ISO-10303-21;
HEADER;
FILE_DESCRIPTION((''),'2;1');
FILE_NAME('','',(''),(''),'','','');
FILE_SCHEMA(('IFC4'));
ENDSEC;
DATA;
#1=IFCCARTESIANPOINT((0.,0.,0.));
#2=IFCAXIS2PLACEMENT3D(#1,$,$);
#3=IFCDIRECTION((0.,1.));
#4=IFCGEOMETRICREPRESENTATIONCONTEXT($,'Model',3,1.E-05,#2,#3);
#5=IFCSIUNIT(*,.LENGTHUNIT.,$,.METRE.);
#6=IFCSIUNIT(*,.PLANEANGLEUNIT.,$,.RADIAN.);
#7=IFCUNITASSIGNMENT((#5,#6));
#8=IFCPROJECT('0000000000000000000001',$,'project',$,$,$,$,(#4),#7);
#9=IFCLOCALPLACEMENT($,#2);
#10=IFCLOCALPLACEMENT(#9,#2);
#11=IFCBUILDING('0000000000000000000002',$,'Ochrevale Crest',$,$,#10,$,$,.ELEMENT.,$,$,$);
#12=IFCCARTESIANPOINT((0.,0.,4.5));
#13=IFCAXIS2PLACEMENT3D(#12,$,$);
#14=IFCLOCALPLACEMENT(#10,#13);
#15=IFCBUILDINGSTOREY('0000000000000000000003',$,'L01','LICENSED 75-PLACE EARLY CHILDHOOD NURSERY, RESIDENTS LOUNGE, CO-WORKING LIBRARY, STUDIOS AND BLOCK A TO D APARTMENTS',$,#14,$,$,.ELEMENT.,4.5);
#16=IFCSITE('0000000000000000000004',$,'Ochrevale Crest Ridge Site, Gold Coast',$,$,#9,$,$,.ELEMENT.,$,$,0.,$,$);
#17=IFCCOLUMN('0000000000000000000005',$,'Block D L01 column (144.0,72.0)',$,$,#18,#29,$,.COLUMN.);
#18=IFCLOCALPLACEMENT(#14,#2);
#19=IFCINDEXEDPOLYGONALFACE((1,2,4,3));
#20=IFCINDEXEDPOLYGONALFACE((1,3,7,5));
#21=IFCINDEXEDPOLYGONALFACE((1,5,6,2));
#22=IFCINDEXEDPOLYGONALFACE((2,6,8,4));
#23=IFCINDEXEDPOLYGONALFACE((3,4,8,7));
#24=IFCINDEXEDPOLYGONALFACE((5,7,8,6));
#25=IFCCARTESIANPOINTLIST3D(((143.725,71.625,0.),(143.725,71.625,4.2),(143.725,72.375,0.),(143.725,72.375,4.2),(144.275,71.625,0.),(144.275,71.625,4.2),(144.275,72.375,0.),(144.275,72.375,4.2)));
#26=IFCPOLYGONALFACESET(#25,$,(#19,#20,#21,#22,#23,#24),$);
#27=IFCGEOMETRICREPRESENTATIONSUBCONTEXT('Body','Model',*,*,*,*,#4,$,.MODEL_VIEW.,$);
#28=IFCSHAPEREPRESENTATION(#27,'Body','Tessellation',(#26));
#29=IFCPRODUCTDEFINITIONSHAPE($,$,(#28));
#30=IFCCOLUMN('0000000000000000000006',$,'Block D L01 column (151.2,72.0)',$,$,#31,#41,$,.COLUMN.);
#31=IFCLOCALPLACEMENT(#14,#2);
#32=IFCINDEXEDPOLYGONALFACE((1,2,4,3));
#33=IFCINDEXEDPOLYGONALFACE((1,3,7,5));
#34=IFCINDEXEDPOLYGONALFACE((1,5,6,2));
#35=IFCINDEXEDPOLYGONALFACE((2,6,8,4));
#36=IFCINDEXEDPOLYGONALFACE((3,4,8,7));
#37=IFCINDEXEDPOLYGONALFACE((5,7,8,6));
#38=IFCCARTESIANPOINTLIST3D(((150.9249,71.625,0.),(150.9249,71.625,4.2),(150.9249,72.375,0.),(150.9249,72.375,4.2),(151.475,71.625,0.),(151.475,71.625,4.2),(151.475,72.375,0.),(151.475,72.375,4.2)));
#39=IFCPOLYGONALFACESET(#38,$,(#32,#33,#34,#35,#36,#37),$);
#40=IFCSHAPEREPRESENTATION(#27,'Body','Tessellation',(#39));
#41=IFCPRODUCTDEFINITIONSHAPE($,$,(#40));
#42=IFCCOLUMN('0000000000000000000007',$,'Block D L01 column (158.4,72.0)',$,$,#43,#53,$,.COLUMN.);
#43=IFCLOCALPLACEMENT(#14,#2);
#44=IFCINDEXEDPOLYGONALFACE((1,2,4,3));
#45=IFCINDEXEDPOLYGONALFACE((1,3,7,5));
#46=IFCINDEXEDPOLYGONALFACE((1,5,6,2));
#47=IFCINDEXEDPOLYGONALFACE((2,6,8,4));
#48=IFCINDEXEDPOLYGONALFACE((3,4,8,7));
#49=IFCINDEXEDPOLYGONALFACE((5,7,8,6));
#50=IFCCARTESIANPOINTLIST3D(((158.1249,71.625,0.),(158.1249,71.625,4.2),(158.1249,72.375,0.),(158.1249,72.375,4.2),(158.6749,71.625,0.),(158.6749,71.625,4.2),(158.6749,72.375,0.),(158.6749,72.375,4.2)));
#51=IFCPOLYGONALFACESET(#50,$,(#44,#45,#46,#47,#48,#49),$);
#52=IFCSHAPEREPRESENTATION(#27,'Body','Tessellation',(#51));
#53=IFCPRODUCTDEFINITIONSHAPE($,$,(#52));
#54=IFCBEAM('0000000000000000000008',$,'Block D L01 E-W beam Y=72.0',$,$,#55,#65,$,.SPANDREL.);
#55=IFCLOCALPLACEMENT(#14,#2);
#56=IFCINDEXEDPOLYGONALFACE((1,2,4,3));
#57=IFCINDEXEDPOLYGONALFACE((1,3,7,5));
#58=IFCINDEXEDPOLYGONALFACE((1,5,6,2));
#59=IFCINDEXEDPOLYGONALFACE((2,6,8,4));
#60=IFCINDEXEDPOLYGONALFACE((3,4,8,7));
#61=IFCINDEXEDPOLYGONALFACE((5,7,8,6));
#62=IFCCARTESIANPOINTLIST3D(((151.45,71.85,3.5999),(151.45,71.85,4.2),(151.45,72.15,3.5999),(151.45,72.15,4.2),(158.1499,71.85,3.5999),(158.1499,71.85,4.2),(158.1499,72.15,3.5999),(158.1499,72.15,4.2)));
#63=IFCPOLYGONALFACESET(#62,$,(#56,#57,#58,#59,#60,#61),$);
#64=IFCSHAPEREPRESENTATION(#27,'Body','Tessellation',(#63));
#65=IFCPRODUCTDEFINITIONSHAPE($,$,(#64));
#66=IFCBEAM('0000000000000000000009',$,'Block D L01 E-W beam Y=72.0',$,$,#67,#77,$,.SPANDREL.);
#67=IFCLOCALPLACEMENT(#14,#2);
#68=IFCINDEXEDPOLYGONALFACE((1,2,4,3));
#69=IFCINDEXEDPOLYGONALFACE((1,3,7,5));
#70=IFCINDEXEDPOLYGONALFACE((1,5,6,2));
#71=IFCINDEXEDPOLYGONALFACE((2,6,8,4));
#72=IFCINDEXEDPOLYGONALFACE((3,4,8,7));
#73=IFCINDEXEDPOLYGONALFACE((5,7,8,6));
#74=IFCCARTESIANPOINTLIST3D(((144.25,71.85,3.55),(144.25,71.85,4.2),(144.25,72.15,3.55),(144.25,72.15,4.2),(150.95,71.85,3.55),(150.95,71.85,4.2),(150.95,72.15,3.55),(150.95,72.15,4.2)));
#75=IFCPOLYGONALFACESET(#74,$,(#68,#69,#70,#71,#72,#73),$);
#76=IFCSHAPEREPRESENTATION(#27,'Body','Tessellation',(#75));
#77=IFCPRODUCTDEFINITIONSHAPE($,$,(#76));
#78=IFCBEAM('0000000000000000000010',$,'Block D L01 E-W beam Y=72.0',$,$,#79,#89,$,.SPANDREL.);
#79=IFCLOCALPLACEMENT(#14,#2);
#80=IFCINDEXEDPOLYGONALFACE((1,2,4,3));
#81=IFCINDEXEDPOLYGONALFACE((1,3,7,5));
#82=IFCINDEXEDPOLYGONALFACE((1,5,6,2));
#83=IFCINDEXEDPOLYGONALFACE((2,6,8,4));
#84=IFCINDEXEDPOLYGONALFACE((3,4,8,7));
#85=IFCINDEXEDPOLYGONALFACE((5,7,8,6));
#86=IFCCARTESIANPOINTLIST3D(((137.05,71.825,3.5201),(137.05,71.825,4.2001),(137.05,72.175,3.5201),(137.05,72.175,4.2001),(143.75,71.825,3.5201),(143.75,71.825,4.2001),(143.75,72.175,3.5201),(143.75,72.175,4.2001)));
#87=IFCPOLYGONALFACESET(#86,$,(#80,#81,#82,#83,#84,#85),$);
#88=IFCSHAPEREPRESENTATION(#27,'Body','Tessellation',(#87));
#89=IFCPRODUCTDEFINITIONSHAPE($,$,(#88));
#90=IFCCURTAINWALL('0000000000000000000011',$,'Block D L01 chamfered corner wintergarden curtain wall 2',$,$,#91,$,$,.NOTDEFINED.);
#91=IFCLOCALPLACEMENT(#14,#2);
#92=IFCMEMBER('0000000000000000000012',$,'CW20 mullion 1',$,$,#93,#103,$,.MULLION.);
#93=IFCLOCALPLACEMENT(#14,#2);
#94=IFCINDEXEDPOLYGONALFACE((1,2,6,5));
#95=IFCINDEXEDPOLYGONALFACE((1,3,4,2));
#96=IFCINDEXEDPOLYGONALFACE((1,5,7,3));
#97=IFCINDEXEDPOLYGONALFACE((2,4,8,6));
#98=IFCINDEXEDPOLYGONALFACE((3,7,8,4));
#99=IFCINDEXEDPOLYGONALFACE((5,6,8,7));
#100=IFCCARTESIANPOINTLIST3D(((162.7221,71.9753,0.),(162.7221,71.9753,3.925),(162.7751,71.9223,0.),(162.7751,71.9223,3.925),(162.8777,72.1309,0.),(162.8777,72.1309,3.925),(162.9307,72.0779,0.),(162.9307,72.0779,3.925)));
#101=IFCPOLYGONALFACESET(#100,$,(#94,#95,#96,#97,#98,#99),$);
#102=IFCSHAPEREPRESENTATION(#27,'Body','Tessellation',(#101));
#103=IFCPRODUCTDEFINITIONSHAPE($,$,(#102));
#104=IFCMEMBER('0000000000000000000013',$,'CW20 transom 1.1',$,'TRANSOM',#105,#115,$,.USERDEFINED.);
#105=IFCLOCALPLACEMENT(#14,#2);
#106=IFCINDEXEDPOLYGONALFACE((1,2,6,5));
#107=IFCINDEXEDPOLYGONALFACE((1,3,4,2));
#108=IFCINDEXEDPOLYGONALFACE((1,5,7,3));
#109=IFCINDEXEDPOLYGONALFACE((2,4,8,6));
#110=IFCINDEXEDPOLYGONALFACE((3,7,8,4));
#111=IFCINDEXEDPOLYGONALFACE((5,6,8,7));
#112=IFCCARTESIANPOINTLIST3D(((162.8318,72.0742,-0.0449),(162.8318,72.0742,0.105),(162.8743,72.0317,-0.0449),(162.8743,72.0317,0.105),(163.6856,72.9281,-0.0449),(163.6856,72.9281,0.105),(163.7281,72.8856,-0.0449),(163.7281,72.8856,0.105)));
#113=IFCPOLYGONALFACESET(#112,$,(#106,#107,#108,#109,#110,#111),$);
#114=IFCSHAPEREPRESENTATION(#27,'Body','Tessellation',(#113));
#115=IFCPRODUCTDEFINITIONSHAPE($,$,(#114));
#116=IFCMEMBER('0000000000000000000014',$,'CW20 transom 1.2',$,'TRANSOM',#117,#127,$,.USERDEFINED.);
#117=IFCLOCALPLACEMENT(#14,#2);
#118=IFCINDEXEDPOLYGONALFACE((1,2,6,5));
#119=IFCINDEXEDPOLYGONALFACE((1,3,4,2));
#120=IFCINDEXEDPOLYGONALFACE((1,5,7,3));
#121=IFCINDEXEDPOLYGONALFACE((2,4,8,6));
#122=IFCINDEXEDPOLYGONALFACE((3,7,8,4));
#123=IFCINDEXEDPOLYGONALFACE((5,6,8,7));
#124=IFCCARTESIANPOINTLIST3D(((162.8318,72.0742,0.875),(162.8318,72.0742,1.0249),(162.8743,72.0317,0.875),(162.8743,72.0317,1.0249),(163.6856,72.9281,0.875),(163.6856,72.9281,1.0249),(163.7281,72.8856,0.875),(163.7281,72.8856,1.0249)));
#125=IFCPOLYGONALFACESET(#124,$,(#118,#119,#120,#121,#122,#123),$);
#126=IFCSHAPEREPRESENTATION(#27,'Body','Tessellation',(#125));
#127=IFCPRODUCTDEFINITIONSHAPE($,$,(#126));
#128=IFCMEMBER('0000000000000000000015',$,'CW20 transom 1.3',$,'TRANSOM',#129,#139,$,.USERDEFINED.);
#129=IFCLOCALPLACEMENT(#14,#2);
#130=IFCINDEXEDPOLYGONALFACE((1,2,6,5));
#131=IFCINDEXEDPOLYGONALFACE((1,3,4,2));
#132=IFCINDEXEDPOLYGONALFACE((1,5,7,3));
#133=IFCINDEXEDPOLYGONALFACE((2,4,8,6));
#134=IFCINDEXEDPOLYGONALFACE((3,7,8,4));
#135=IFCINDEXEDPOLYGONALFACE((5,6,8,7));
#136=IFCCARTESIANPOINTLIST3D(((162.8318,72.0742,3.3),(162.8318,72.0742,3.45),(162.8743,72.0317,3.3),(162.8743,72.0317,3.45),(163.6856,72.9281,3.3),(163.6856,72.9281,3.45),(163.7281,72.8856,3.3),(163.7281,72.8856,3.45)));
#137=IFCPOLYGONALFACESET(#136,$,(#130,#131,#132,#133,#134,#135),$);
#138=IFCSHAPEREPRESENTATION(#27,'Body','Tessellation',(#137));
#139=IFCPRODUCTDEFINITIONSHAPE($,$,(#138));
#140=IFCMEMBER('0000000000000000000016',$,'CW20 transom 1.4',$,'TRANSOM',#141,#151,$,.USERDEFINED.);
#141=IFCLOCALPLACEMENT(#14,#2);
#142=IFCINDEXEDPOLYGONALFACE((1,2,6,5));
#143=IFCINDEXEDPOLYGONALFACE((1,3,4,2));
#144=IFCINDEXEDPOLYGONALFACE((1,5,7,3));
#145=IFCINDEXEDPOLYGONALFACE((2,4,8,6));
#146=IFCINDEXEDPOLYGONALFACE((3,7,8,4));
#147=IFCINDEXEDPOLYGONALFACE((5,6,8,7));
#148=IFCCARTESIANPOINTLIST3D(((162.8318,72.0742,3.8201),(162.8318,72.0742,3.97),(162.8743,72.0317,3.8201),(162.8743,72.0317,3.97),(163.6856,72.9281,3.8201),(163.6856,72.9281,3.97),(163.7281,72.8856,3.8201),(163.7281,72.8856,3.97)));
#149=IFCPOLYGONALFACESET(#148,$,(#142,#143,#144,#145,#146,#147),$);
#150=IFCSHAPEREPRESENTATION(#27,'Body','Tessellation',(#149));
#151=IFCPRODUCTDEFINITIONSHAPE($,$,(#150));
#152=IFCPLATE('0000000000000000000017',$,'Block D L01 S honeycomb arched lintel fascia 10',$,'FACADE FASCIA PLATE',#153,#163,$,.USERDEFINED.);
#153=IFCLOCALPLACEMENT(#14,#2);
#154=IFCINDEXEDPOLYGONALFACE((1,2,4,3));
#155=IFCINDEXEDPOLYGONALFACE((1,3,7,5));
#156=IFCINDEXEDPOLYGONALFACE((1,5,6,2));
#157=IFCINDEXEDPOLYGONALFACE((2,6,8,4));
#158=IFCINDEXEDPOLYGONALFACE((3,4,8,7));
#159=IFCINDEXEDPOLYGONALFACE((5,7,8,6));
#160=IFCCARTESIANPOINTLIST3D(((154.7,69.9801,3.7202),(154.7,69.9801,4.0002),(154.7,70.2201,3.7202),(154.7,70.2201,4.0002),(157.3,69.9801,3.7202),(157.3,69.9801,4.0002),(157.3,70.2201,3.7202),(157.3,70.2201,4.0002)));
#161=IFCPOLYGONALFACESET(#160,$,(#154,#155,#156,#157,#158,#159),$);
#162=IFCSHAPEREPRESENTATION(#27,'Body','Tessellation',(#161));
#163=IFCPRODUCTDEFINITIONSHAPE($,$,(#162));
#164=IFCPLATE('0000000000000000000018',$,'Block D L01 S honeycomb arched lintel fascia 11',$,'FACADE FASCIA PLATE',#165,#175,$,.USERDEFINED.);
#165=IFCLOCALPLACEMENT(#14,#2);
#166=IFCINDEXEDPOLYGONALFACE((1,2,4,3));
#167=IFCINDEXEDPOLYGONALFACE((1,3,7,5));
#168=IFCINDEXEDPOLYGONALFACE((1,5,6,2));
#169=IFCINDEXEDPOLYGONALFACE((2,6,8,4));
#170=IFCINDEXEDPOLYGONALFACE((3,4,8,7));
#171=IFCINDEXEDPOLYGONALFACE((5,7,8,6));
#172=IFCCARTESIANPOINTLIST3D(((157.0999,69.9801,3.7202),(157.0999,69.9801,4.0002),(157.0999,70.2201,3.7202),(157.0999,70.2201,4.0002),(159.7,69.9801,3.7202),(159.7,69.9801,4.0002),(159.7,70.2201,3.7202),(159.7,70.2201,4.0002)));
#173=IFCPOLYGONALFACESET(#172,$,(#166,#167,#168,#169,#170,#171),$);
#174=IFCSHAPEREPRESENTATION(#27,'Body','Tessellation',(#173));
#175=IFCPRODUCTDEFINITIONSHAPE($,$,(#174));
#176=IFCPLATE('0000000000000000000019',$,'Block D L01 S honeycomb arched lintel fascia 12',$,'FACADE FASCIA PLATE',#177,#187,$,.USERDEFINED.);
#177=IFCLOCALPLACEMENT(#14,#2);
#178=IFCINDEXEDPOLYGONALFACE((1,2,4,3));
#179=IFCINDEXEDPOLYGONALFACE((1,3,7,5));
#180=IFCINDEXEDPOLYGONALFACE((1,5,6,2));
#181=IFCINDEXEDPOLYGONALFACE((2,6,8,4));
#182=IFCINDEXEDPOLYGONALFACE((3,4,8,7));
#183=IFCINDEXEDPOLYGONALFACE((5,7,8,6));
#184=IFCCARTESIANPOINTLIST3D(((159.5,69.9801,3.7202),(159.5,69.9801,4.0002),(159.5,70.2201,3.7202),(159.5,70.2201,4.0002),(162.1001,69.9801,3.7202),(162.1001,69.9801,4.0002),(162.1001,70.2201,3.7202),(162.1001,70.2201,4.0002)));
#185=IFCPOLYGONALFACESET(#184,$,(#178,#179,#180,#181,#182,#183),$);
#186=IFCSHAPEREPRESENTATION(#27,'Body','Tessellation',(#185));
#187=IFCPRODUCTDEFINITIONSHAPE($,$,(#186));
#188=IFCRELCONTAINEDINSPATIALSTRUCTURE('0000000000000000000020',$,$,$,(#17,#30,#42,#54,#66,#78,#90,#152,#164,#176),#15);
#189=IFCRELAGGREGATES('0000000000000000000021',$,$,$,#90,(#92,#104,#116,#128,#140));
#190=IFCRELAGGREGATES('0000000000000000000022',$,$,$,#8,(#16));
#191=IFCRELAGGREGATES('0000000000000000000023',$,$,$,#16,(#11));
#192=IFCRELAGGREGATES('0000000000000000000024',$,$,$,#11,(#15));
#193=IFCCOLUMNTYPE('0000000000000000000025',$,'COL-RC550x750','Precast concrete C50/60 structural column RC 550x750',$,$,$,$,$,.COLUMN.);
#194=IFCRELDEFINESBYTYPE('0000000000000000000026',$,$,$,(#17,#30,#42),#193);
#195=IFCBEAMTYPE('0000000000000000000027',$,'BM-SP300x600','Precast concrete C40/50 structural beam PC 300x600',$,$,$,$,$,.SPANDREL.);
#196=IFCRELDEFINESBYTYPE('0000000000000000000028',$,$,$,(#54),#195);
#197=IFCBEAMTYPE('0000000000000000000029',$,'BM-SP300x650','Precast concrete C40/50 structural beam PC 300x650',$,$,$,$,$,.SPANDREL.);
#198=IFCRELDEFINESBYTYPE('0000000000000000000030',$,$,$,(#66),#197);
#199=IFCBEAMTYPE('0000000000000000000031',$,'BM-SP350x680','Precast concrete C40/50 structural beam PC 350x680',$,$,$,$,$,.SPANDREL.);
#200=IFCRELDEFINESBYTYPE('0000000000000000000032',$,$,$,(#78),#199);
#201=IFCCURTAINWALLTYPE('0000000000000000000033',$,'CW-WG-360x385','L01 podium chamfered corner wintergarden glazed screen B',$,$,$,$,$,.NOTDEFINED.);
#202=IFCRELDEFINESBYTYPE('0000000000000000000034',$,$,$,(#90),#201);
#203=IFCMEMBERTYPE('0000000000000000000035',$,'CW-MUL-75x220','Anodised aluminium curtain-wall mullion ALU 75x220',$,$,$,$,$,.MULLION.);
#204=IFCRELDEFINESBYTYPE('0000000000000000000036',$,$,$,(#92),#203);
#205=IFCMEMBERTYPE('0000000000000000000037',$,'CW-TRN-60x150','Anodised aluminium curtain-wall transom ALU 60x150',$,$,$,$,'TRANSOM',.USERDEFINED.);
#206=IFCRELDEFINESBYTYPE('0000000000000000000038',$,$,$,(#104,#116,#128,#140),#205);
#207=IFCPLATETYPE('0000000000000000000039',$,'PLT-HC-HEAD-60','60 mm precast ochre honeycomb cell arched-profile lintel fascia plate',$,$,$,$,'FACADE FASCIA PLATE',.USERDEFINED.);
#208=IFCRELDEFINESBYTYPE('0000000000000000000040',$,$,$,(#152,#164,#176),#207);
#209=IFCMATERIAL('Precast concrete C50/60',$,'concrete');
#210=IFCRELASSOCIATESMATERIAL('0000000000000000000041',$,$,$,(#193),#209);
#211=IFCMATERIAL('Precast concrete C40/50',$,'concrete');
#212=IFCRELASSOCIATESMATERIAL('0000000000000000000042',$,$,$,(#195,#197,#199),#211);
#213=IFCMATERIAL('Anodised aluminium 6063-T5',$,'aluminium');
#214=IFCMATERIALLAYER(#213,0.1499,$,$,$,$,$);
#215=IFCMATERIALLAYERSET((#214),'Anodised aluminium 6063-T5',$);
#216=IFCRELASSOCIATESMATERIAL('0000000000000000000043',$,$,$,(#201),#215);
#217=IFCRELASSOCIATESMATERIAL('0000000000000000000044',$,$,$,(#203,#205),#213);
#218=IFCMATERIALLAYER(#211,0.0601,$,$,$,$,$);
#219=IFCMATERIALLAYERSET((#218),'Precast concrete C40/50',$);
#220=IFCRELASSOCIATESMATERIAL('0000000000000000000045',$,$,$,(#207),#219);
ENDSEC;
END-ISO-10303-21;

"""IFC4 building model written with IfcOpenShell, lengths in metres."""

from ifc_helpers import new_model, si_unit, direction, frame, origin, origin_2d, place, context, subcontext, project, spatial, rectangle, extrude, material, layer, layer_set, material_profile, profile_set, type_object, element, aggregate, save


model = new_model("IFC4")

# Units and contexts
model_context = context("Model", 3, precision=1e-05, world=origin(), true_north=direction((0.0, 1.0)))
body_context = subcontext(model_context, "Body", "Model", "MODEL_VIEW")
ifc_project = project(units=[si_unit("LENGTHUNIT", "METRE"), si_unit("PLANEANGLEUNIT", "RADIAN")], contexts=[model_context])

# Site, building, storey
site_placement = place(None, origin())
site = spatial("IfcSite", under=ifc_project, at=site_placement, Name="Ochrevale Crest Ridge Site, Gold Coast", CompositionType="ELEMENT", RefElevation=0.0)
building_placement = place(site_placement, origin())
building = spatial("IfcBuilding", under=site, at=building_placement, Name="Ochrevale Crest", CompositionType="ELEMENT")
storey_placement = place(building_placement, frame((0.0, 0.0, 4.5)))
storey = spatial("IfcBuildingStorey", under=building, at=storey_placement, Name="L01", Description="LICENSED 75-PLACE EARLY CHILDHOOD NURSERY, RESIDENTS LOUNGE, CO-WORKING LIBRARY, STUDIOS AND BLOCK A TO D APARTMENTS", CompositionType="ELEMENT", Elevation=4.5)

# Columns
ifc_material_1 = material(Name="Precast concrete C50/60", Category="concrete")
ifc_material_profile_1 = material_profile(ifc_material_1, rectangle(XDim=0.55, YDim=0.75, at=origin_2d()), Name="RC 550x750")
ifc_profile_set_1 = profile_set([ifc_material_profile_1], Name="Precast concrete C50/60")
column_type = type_object("IfcColumnType", Name="COL-RC550x750", Description="Precast concrete C50/60 structural column RC 550x750", PredefinedType="COLUMN", material=ifc_profile_set_1)
for number, where, z_axis, x_axis, name in (
    (1, (144.0, 72.0, 0.0), (0.0, 0.0, 1.0), (1.0, 0.0, 0.0), "Block D L01 column (144.0,72.0)"),
    (2, (151.2, 72.0, 0.0), (0.0, 0.0, 1.0), (1.0, 0.0, 0.0), "Block D L01 column (151.2,72.0)"),
    (3, (158.3999, 72.0, 0.0), (0.0, 0.0, 1.0), (1.0, 0.0, 0.0), "Block D L01 column (158.4,72.0)"),
):
    element("IfcColumn", number, at=place(storey_placement, frame(where, z_axis=z_axis, x_axis=x_axis)), inside=storey, type_object=column_type, Name=name, PredefinedType="COLUMN", context=body_context, shape_type="SweptSolid", body=[
        extrude(rectangle(XDim=0.55, YDim=0.75, at=origin_2d()), origin(), (0.0, 0.0, 1.0), 4.2),
    ])

# Beams
ifc_material_2 = material(Name="Precast concrete C40/50", Category="concrete")
ifc_material_profile_2 = material_profile(ifc_material_2, rectangle(XDim=0.3, YDim=0.6001, at=origin_2d()), Name="PC 300x600")
ifc_profile_set_2 = profile_set([ifc_material_profile_2], Name="Precast concrete C40/50")
beam_type_1 = type_object("IfcBeamType", Name="BM-SP300x600", Description="Precast concrete C40/50 structural beam PC 300x600", PredefinedType="SPANDREL", material=ifc_profile_set_2)
beam_1_placement = place(storey_placement, frame((151.45, 72.0, 3.8999), z_axis=(1.0, 0.0, 0.0), x_axis=(0.0, 1.0, 0.0)))
element("IfcBeam", 4, at=beam_1_placement, inside=storey, type_object=beam_type_1, Name="Block D L01 E-W beam Y=72.0", PredefinedType="SPANDREL", context=body_context, shape_type="SweptSolid", body=[
    extrude(rectangle(XDim=0.3, YDim=0.6001, at=origin_2d()), origin(), (0.0, 0.0, 1.0), 6.7),
])
ifc_material_profile_3 = material_profile(ifc_material_2, rectangle(XDim=0.3, YDim=0.6499, at=origin_2d()), Name="PC 300x650")
ifc_profile_set_3 = profile_set([ifc_material_profile_3], Name="Precast concrete C40/50")
beam_type_2 = type_object("IfcBeamType", Name="BM-SP300x650", Description="Precast concrete C40/50 structural beam PC 300x650", PredefinedType="SPANDREL", material=ifc_profile_set_3)
beam_2_placement = place(storey_placement, frame((144.25, 72.0, 3.875), z_axis=(1.0, 0.0, 0.0), x_axis=(0.0, 1.0, 0.0)))
element("IfcBeam", 5, at=beam_2_placement, inside=storey, type_object=beam_type_2, Name="Block D L01 E-W beam Y=72.0", PredefinedType="SPANDREL", context=body_context, shape_type="SweptSolid", body=[
    extrude(rectangle(XDim=0.3, YDim=0.6499, at=origin_2d()), origin(), (0.0, 0.0, 1.0), 6.7),
])
ifc_material_profile_4 = material_profile(ifc_material_2, rectangle(XDim=0.3501, YDim=0.6799, at=origin_2d()), Name="PC 350x680")
ifc_profile_set_4 = profile_set([ifc_material_profile_4], Name="Precast concrete C40/50")
beam_type_3 = type_object("IfcBeamType", Name="BM-SP350x680", Description="Precast concrete C40/50 structural beam PC 350x680", PredefinedType="SPANDREL", material=ifc_profile_set_4)
beam_3_placement = place(storey_placement, frame((137.05, 72.0, 3.8601), z_axis=(1.0, 0.0, 0.0), x_axis=(0.0, 1.0, 0.0)))
element("IfcBeam", 6, at=beam_3_placement, inside=storey, type_object=beam_type_3, Name="Block D L01 E-W beam Y=72.0", PredefinedType="SPANDREL", context=body_context, shape_type="SweptSolid", body=[
    extrude(rectangle(XDim=0.3501, YDim=0.6799, at=origin_2d()), origin(), (0.0, 0.0, 1.0), 6.7),
])

# Curtain wall, members
ifc_material_3 = material(Name="Anodised aluminium 6063-T5", Category="aluminium")
ifc_layer_1 = layer(ifc_material_3, 0.1499)
ifc_layer_set_1 = layer_set([ifc_layer_1], Name="Anodised aluminium 6063-T5")
curtain_wall_type = type_object("IfcCurtainWallType", Name="CW-WG-360x385", Description="L01 podium chamfered corner wintergarden glazed screen B", PredefinedType="NOTDEFINED", material=ifc_layer_set_1)
curtain_wall_placement = place(storey_placement, origin())
curtain_wall = element("IfcCurtainWall", 7, at=curtain_wall_placement, inside=storey, type_object=curtain_wall_type, Name="Block D L01 chamfered corner wintergarden curtain wall 2", PredefinedType="NOTDEFINED")
ifc_material_profile_5 = material_profile(ifc_material_3, rectangle(XDim=0.075, YDim=0.22, at=origin_2d()), Name="ALU 75x220")
ifc_profile_set_5 = profile_set([ifc_material_profile_5], Name="Anodised aluminium 6063-T5")
member_type_1 = type_object("IfcMemberType", Name="CW-MUL-75x220", Description="Anodised aluminium curtain-wall mullion ALU 75x220", PredefinedType="MULLION", material=ifc_profile_set_5)
member_1_placement = place(storey_placement, frame((162.8264, 72.0266, 0.0), z_axis=(0.0, 0.0, 1.0), x_axis=(-0.707107, 0.707107, 0.0)))
member_1 = element("IfcMember", 8, at=member_1_placement, type_object=member_type_1, Name="CW20 mullion 1", PredefinedType="MULLION", context=body_context, shape_type="SweptSolid", body=[
    extrude(rectangle(XDim=0.075, YDim=0.22, at=origin_2d()), origin(), (0.0, 0.0, 1.0), 3.925),
])
ifc_material_profile_6 = material_profile(ifc_material_3, rectangle(XDim=0.0601, YDim=0.1499, at=origin_2d()), Name="ALU 60x150")
ifc_profile_set_6 = profile_set([ifc_material_profile_6], Name="Anodised aluminium 6063-T5")
member_type_2 = type_object("IfcMemberType", Name="CW-TRN-60x150", Description="Anodised aluminium curtain-wall transom ALU 60x150", ElementType="TRANSOM", PredefinedType="USERDEFINED", material=ifc_profile_set_6)
member_2_placement = place(storey_placement, frame((162.853, 72.053, 0.03), z_axis=(0.707107, 0.707107, 0.0), x_axis=(-0.707107, 0.707107, 0.0)))
member_2 = element("IfcMember", 9, at=member_2_placement, type_object=member_type_2, Name="CW20 transom 1.1", ObjectType="TRANSOM", PredefinedType="USERDEFINED", context=body_context, shape_type="SweptSolid", body=[
    extrude(rectangle(XDim=0.0601, YDim=0.1499, at=origin_2d()), origin(), (0.0, 0.0, 1.0), 1.2075),
])
member_3_placement = place(storey_placement, frame((162.853, 72.053, 0.95), z_axis=(0.707107, 0.707107, 0.0), x_axis=(-0.707107, 0.707107, 0.0)))
member_3 = element("IfcMember", 10, at=member_3_placement, type_object=member_type_2, Name="CW20 transom 1.2", ObjectType="TRANSOM", PredefinedType="USERDEFINED", context=body_context, shape_type="SweptSolid", body=[
    extrude(rectangle(XDim=0.0601, YDim=0.1499, at=origin_2d()), origin(), (0.0, 0.0, 1.0), 1.2075),
])
member_4_placement = place(storey_placement, frame((162.853, 72.053, 3.375), z_axis=(0.707107, 0.707107, 0.0), x_axis=(-0.707107, 0.707107, 0.0)))
member_4 = element("IfcMember", 11, at=member_4_placement, type_object=member_type_2, Name="CW20 transom 1.3", ObjectType="TRANSOM", PredefinedType="USERDEFINED", context=body_context, shape_type="SweptSolid", body=[
    extrude(rectangle(XDim=0.0601, YDim=0.1499, at=origin_2d()), origin(), (0.0, 0.0, 1.0), 1.2075),
])
member_5_placement = place(storey_placement, frame((162.853, 72.053, 3.895), z_axis=(0.707107, 0.707107, 0.0), x_axis=(-0.707107, 0.707107, 0.0)))
member_5 = element("IfcMember", 12, at=member_5_placement, type_object=member_type_2, Name="CW20 transom 1.4", ObjectType="TRANSOM", PredefinedType="USERDEFINED", context=body_context, shape_type="SweptSolid", body=[
    extrude(rectangle(XDim=0.0601, YDim=0.1499, at=origin_2d()), origin(), (0.0, 0.0, 1.0), 1.2075),
])
aggregate(curtain_wall, [member_1, member_2, member_3, member_4, member_5])

# Plates
ifc_layer_2 = layer(ifc_material_2, 0.0601)
ifc_layer_set_2 = layer_set([ifc_layer_2], Name="Precast concrete C40/50")
plate_type_1 = type_object("IfcPlateType", Name="PLT-HC-HEAD-60", Description="60 mm precast ochre honeycomb cell arched-profile lintel fascia plate", ElementType="FACADE FASCIA PLATE", PredefinedType="USERDEFINED", material=ifc_layer_set_2)
for number, where, z_axis, x_axis, name in (
    (13, (156.0, 70.1001, 3.7202), (0.0, 0.0, 1.0), (1.0, 0.0, 0.0), "Block D L01 S honeycomb arched lintel fascia 10"),
    (14, (158.3999, 70.1001, 3.7202), (0.0, 0.0, 1.0), (1.0, 0.0, 0.0), "Block D L01 S honeycomb arched lintel fascia 11"),
    (15, (160.8, 70.1001, 3.7202), (0.0, 0.0, 1.0), (1.0, 0.0, 0.0), "Block D L01 S honeycomb arched lintel fascia 12"),
):
    element("IfcPlate", number, at=place(storey_placement, frame(where, z_axis=z_axis, x_axis=x_axis)), inside=storey, type_object=plate_type_1, Name=name, ObjectType="FACADE FASCIA PLATE", PredefinedType="USERDEFINED", context=body_context, shape_type="SweptSolid", body=[
        extrude(rectangle(XDim=2.6001, YDim=0.24, at=origin_2d()), origin(), (0.0, 0.0, 1.0), 0.28),
    ])

save(model, "model.ifc")
